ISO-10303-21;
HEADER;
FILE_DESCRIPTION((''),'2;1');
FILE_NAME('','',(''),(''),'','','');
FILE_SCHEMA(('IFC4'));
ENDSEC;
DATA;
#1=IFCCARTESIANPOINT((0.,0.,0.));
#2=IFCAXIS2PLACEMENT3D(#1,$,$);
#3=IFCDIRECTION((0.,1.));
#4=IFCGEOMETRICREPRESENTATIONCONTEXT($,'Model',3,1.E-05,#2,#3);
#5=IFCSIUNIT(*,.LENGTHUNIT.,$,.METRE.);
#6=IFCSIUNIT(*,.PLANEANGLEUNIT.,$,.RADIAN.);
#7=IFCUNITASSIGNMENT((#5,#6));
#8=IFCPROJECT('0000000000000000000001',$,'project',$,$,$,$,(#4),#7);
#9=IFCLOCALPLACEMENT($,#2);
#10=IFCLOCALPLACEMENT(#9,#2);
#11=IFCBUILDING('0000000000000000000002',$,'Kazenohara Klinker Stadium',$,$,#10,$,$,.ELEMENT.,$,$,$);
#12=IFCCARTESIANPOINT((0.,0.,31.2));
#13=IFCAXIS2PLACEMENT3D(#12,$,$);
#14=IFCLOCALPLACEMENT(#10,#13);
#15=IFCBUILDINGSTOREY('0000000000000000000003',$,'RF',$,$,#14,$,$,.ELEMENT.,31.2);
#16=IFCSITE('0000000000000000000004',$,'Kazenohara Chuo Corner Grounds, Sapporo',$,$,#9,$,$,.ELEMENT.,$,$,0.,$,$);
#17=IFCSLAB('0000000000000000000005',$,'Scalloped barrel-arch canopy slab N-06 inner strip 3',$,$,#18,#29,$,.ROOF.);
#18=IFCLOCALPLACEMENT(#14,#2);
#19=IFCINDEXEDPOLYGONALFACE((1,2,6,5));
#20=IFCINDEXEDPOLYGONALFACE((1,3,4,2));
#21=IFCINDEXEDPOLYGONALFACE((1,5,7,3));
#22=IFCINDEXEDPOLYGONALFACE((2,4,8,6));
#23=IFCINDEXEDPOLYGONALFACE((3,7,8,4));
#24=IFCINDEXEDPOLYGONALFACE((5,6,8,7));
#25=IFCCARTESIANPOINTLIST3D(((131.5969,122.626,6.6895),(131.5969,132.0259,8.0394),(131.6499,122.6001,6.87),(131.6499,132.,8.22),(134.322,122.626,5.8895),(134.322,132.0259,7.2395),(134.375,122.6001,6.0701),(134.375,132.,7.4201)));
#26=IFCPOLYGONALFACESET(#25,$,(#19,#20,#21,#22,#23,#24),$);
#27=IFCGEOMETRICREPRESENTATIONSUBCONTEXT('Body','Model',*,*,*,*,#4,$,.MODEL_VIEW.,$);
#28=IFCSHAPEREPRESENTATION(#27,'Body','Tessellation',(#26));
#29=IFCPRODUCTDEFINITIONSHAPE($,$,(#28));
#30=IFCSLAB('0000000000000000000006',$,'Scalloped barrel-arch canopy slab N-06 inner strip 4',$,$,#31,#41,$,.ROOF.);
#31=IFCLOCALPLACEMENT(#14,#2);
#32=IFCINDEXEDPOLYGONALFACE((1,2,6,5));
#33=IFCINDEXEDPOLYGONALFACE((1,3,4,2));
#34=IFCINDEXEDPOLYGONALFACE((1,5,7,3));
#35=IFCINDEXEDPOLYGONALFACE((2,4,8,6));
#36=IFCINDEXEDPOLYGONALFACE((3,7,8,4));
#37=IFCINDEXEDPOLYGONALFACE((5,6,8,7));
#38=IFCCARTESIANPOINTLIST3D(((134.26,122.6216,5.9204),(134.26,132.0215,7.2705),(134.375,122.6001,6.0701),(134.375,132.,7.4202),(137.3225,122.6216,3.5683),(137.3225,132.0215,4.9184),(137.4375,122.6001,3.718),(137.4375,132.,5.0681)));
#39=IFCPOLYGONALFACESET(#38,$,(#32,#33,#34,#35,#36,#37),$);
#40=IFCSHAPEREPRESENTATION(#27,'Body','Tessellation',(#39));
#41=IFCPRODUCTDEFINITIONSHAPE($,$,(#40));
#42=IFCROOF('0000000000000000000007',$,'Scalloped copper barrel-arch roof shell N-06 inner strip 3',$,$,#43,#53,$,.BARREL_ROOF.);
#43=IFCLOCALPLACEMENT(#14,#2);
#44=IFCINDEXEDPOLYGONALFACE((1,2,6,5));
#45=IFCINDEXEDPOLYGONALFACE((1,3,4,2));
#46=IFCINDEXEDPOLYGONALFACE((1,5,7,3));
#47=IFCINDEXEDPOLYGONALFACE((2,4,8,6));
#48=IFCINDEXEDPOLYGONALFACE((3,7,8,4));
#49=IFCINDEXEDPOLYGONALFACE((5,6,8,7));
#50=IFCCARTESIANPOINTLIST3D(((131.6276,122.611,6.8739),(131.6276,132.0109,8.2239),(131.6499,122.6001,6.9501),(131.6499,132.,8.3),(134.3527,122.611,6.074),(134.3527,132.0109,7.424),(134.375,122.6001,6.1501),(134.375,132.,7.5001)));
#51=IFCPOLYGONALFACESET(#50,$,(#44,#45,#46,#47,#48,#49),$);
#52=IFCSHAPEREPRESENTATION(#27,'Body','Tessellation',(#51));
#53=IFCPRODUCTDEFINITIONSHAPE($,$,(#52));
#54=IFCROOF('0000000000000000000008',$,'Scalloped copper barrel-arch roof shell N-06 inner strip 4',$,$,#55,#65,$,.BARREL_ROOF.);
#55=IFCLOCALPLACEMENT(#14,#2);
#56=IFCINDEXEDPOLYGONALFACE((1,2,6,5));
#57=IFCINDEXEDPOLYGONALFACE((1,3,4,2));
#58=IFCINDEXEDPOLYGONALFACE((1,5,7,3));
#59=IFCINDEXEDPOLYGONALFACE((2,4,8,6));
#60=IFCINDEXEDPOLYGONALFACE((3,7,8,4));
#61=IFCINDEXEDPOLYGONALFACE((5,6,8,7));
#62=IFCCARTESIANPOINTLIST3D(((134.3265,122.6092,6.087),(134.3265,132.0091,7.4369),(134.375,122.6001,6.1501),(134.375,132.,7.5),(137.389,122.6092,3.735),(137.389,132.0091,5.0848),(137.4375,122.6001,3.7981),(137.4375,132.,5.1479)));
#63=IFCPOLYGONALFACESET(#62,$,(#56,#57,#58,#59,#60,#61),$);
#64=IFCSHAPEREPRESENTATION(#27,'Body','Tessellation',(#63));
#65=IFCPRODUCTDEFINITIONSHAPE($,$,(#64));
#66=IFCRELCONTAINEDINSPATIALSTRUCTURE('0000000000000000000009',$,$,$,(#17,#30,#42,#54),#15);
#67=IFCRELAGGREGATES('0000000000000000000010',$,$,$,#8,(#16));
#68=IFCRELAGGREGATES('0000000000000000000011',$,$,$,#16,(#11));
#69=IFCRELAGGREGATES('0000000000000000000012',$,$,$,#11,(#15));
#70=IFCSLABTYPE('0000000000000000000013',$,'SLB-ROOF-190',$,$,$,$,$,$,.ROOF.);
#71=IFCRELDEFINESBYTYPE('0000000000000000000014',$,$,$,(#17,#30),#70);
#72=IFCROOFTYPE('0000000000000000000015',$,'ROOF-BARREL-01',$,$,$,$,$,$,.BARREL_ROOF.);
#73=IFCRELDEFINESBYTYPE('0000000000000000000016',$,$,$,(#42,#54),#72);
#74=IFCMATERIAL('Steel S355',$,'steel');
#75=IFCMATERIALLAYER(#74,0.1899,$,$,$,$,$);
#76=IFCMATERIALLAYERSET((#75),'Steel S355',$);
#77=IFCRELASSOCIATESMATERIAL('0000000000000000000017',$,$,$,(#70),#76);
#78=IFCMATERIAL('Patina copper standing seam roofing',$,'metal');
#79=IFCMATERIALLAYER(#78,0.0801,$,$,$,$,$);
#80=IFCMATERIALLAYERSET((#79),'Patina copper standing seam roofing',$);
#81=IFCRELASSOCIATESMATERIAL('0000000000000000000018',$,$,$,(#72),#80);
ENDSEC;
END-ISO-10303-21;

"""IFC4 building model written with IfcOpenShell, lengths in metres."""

from ifc_helpers import new_model, si_unit, direction, frame, origin, place, context, subcontext, project, spatial, polyline, outline, extrude, material, layer, layer_set, type_object, element, save


model = new_model("IFC4")

# Units and contexts
model_context = context("Model", 3, precision=1e-05, world=origin(), true_north=direction((0.0, 1.0)))
body_context = subcontext(model_context, "Body", "Model", "MODEL_VIEW")
ifc_project = project(units=[si_unit("LENGTHUNIT", "METRE"), si_unit("PLANEANGLEUNIT", "RADIAN")], contexts=[model_context])

# Site, building, storey
site_placement = place(None, origin())
site = spatial("IfcSite", under=ifc_project, at=site_placement, Name="Kazenohara Chuo Corner Grounds, Sapporo", CompositionType="ELEMENT", RefElevation=0.0)
building_placement = place(site_placement, origin())
building = spatial("IfcBuilding", under=site, at=building_placement, Name="Kazenohara Klinker Stadium", CompositionType="ELEMENT")
storey_placement = place(building_placement, frame((0.0, 0.0, 31.2)))
storey = spatial("IfcBuildingStorey", under=building, at=storey_placement, Name="RF", CompositionType="ELEMENT", Elevation=31.2)

# Shared definitions
ifc_material_1 = material(Name="Steel S355", Category="steel")

# Slabs
ifc_layer_1 = layer(ifc_material_1, 0.1899)
ifc_layer_set_1 = layer_set([ifc_layer_1], Name="Steel S355")
slab_type = type_object("IfcSlabType", Name="SLB-ROOF-190", PredefinedType="ROOF", material=ifc_layer_set_1)
slab_1_placement = place(storey_placement, frame((131.6499, 132.0, 8.22), z_axis=(0.27902, -0.136512, 0.950533), x_axis=(-0.000003, -0.989844, -0.142156)))
element("IfcSlab", 1, at=slab_1_placement, inside=storey, type_object=slab_type, Name="Scalloped barrel-arch canopy slab N-06 inner strip 3", PredefinedType="ROOF", context=body_context, shape_type="SweptSolid", body=[
    extrude(outline(polyline([(0.0, 0.0), (9.4963, 0.0), (9.6101, 2.8378), (0.1137, 2.8378), (0.0, 0.0)])), origin(), (0.0, 0.0, -1.0), 0.1899),
])
slab_2_placement = place(storey_placement, frame((134.375, 132.0, 7.4202), z_axis=(0.605192, -0.113179, 0.787993), x_axis=(0.0, -0.989842, -0.14217)))
element("IfcSlab", 2, at=slab_2_placement, inside=storey, type_object=slab_type, Name="Scalloped barrel-arch canopy slab N-06 inner strip 4", PredefinedType="ROOF", context=body_context, shape_type="SweptSolid", body=[
    extrude(outline(polyline([(0.0, 0.0), (9.4964, 0.0), (9.8308, 3.847), (0.3344, 3.847), (0.0, 0.0)])), origin(), (0.0, 0.0, -1.0), 0.1899),
])

# Roofs
ifc_material_2 = material(Name="Patina copper standing seam roofing", Category="metal")
ifc_layer_2 = layer(ifc_material_2, 0.0801)
ifc_layer_set_2 = layer_set([ifc_layer_2], Name="Patina copper standing seam roofing")
roof_type = type_object("IfcRoofType", Name="ROOF-BARREL-01", PredefinedType="BARREL_ROOF", material=ifc_layer_set_2)
roof_1_placement = place(storey_placement, frame((131.6499, 132.0, 8.3), z_axis=(0.27902, -0.136512, 0.950533), x_axis=(0.000003, -0.989844, -0.142158)))
element("IfcRoof", 3, at=roof_1_placement, inside=storey, type_object=roof_type, Name="Scalloped copper barrel-arch roof shell N-06 inner strip 3", PredefinedType="BARREL_ROOF", context=body_context, shape_type="SweptSolid", body=[
    extrude(outline(polyline([(0.0, 0.0), (9.4964, 0.0), (9.6101, 2.8378), (0.1137, 2.8378), (0.0, 0.0)])), origin(), (0.0, 0.0, -1.0), 0.0801),
])
roof_2_placement = place(storey_placement, frame((134.375, 132.0, 7.5), z_axis=(0.605193, -0.113158, 0.787995), x_axis=(0.0, -0.989846, -0.142145)))
element("IfcRoof", 4, at=roof_2_placement, inside=storey, type_object=roof_type, Name="Scalloped copper barrel-arch roof shell N-06 inner strip 4", PredefinedType="BARREL_ROOF", context=body_context, shape_type="SweptSolid", body=[
    extrude(outline(polyline([(0.0, 0.0), (9.4963, 0.0), (9.8307, 3.847), (0.3343, 3.847), (0.0, 0.0)])), origin(), (0.0, 0.0, -1.0), 0.0801),
])

save(model, "model.ifc")
